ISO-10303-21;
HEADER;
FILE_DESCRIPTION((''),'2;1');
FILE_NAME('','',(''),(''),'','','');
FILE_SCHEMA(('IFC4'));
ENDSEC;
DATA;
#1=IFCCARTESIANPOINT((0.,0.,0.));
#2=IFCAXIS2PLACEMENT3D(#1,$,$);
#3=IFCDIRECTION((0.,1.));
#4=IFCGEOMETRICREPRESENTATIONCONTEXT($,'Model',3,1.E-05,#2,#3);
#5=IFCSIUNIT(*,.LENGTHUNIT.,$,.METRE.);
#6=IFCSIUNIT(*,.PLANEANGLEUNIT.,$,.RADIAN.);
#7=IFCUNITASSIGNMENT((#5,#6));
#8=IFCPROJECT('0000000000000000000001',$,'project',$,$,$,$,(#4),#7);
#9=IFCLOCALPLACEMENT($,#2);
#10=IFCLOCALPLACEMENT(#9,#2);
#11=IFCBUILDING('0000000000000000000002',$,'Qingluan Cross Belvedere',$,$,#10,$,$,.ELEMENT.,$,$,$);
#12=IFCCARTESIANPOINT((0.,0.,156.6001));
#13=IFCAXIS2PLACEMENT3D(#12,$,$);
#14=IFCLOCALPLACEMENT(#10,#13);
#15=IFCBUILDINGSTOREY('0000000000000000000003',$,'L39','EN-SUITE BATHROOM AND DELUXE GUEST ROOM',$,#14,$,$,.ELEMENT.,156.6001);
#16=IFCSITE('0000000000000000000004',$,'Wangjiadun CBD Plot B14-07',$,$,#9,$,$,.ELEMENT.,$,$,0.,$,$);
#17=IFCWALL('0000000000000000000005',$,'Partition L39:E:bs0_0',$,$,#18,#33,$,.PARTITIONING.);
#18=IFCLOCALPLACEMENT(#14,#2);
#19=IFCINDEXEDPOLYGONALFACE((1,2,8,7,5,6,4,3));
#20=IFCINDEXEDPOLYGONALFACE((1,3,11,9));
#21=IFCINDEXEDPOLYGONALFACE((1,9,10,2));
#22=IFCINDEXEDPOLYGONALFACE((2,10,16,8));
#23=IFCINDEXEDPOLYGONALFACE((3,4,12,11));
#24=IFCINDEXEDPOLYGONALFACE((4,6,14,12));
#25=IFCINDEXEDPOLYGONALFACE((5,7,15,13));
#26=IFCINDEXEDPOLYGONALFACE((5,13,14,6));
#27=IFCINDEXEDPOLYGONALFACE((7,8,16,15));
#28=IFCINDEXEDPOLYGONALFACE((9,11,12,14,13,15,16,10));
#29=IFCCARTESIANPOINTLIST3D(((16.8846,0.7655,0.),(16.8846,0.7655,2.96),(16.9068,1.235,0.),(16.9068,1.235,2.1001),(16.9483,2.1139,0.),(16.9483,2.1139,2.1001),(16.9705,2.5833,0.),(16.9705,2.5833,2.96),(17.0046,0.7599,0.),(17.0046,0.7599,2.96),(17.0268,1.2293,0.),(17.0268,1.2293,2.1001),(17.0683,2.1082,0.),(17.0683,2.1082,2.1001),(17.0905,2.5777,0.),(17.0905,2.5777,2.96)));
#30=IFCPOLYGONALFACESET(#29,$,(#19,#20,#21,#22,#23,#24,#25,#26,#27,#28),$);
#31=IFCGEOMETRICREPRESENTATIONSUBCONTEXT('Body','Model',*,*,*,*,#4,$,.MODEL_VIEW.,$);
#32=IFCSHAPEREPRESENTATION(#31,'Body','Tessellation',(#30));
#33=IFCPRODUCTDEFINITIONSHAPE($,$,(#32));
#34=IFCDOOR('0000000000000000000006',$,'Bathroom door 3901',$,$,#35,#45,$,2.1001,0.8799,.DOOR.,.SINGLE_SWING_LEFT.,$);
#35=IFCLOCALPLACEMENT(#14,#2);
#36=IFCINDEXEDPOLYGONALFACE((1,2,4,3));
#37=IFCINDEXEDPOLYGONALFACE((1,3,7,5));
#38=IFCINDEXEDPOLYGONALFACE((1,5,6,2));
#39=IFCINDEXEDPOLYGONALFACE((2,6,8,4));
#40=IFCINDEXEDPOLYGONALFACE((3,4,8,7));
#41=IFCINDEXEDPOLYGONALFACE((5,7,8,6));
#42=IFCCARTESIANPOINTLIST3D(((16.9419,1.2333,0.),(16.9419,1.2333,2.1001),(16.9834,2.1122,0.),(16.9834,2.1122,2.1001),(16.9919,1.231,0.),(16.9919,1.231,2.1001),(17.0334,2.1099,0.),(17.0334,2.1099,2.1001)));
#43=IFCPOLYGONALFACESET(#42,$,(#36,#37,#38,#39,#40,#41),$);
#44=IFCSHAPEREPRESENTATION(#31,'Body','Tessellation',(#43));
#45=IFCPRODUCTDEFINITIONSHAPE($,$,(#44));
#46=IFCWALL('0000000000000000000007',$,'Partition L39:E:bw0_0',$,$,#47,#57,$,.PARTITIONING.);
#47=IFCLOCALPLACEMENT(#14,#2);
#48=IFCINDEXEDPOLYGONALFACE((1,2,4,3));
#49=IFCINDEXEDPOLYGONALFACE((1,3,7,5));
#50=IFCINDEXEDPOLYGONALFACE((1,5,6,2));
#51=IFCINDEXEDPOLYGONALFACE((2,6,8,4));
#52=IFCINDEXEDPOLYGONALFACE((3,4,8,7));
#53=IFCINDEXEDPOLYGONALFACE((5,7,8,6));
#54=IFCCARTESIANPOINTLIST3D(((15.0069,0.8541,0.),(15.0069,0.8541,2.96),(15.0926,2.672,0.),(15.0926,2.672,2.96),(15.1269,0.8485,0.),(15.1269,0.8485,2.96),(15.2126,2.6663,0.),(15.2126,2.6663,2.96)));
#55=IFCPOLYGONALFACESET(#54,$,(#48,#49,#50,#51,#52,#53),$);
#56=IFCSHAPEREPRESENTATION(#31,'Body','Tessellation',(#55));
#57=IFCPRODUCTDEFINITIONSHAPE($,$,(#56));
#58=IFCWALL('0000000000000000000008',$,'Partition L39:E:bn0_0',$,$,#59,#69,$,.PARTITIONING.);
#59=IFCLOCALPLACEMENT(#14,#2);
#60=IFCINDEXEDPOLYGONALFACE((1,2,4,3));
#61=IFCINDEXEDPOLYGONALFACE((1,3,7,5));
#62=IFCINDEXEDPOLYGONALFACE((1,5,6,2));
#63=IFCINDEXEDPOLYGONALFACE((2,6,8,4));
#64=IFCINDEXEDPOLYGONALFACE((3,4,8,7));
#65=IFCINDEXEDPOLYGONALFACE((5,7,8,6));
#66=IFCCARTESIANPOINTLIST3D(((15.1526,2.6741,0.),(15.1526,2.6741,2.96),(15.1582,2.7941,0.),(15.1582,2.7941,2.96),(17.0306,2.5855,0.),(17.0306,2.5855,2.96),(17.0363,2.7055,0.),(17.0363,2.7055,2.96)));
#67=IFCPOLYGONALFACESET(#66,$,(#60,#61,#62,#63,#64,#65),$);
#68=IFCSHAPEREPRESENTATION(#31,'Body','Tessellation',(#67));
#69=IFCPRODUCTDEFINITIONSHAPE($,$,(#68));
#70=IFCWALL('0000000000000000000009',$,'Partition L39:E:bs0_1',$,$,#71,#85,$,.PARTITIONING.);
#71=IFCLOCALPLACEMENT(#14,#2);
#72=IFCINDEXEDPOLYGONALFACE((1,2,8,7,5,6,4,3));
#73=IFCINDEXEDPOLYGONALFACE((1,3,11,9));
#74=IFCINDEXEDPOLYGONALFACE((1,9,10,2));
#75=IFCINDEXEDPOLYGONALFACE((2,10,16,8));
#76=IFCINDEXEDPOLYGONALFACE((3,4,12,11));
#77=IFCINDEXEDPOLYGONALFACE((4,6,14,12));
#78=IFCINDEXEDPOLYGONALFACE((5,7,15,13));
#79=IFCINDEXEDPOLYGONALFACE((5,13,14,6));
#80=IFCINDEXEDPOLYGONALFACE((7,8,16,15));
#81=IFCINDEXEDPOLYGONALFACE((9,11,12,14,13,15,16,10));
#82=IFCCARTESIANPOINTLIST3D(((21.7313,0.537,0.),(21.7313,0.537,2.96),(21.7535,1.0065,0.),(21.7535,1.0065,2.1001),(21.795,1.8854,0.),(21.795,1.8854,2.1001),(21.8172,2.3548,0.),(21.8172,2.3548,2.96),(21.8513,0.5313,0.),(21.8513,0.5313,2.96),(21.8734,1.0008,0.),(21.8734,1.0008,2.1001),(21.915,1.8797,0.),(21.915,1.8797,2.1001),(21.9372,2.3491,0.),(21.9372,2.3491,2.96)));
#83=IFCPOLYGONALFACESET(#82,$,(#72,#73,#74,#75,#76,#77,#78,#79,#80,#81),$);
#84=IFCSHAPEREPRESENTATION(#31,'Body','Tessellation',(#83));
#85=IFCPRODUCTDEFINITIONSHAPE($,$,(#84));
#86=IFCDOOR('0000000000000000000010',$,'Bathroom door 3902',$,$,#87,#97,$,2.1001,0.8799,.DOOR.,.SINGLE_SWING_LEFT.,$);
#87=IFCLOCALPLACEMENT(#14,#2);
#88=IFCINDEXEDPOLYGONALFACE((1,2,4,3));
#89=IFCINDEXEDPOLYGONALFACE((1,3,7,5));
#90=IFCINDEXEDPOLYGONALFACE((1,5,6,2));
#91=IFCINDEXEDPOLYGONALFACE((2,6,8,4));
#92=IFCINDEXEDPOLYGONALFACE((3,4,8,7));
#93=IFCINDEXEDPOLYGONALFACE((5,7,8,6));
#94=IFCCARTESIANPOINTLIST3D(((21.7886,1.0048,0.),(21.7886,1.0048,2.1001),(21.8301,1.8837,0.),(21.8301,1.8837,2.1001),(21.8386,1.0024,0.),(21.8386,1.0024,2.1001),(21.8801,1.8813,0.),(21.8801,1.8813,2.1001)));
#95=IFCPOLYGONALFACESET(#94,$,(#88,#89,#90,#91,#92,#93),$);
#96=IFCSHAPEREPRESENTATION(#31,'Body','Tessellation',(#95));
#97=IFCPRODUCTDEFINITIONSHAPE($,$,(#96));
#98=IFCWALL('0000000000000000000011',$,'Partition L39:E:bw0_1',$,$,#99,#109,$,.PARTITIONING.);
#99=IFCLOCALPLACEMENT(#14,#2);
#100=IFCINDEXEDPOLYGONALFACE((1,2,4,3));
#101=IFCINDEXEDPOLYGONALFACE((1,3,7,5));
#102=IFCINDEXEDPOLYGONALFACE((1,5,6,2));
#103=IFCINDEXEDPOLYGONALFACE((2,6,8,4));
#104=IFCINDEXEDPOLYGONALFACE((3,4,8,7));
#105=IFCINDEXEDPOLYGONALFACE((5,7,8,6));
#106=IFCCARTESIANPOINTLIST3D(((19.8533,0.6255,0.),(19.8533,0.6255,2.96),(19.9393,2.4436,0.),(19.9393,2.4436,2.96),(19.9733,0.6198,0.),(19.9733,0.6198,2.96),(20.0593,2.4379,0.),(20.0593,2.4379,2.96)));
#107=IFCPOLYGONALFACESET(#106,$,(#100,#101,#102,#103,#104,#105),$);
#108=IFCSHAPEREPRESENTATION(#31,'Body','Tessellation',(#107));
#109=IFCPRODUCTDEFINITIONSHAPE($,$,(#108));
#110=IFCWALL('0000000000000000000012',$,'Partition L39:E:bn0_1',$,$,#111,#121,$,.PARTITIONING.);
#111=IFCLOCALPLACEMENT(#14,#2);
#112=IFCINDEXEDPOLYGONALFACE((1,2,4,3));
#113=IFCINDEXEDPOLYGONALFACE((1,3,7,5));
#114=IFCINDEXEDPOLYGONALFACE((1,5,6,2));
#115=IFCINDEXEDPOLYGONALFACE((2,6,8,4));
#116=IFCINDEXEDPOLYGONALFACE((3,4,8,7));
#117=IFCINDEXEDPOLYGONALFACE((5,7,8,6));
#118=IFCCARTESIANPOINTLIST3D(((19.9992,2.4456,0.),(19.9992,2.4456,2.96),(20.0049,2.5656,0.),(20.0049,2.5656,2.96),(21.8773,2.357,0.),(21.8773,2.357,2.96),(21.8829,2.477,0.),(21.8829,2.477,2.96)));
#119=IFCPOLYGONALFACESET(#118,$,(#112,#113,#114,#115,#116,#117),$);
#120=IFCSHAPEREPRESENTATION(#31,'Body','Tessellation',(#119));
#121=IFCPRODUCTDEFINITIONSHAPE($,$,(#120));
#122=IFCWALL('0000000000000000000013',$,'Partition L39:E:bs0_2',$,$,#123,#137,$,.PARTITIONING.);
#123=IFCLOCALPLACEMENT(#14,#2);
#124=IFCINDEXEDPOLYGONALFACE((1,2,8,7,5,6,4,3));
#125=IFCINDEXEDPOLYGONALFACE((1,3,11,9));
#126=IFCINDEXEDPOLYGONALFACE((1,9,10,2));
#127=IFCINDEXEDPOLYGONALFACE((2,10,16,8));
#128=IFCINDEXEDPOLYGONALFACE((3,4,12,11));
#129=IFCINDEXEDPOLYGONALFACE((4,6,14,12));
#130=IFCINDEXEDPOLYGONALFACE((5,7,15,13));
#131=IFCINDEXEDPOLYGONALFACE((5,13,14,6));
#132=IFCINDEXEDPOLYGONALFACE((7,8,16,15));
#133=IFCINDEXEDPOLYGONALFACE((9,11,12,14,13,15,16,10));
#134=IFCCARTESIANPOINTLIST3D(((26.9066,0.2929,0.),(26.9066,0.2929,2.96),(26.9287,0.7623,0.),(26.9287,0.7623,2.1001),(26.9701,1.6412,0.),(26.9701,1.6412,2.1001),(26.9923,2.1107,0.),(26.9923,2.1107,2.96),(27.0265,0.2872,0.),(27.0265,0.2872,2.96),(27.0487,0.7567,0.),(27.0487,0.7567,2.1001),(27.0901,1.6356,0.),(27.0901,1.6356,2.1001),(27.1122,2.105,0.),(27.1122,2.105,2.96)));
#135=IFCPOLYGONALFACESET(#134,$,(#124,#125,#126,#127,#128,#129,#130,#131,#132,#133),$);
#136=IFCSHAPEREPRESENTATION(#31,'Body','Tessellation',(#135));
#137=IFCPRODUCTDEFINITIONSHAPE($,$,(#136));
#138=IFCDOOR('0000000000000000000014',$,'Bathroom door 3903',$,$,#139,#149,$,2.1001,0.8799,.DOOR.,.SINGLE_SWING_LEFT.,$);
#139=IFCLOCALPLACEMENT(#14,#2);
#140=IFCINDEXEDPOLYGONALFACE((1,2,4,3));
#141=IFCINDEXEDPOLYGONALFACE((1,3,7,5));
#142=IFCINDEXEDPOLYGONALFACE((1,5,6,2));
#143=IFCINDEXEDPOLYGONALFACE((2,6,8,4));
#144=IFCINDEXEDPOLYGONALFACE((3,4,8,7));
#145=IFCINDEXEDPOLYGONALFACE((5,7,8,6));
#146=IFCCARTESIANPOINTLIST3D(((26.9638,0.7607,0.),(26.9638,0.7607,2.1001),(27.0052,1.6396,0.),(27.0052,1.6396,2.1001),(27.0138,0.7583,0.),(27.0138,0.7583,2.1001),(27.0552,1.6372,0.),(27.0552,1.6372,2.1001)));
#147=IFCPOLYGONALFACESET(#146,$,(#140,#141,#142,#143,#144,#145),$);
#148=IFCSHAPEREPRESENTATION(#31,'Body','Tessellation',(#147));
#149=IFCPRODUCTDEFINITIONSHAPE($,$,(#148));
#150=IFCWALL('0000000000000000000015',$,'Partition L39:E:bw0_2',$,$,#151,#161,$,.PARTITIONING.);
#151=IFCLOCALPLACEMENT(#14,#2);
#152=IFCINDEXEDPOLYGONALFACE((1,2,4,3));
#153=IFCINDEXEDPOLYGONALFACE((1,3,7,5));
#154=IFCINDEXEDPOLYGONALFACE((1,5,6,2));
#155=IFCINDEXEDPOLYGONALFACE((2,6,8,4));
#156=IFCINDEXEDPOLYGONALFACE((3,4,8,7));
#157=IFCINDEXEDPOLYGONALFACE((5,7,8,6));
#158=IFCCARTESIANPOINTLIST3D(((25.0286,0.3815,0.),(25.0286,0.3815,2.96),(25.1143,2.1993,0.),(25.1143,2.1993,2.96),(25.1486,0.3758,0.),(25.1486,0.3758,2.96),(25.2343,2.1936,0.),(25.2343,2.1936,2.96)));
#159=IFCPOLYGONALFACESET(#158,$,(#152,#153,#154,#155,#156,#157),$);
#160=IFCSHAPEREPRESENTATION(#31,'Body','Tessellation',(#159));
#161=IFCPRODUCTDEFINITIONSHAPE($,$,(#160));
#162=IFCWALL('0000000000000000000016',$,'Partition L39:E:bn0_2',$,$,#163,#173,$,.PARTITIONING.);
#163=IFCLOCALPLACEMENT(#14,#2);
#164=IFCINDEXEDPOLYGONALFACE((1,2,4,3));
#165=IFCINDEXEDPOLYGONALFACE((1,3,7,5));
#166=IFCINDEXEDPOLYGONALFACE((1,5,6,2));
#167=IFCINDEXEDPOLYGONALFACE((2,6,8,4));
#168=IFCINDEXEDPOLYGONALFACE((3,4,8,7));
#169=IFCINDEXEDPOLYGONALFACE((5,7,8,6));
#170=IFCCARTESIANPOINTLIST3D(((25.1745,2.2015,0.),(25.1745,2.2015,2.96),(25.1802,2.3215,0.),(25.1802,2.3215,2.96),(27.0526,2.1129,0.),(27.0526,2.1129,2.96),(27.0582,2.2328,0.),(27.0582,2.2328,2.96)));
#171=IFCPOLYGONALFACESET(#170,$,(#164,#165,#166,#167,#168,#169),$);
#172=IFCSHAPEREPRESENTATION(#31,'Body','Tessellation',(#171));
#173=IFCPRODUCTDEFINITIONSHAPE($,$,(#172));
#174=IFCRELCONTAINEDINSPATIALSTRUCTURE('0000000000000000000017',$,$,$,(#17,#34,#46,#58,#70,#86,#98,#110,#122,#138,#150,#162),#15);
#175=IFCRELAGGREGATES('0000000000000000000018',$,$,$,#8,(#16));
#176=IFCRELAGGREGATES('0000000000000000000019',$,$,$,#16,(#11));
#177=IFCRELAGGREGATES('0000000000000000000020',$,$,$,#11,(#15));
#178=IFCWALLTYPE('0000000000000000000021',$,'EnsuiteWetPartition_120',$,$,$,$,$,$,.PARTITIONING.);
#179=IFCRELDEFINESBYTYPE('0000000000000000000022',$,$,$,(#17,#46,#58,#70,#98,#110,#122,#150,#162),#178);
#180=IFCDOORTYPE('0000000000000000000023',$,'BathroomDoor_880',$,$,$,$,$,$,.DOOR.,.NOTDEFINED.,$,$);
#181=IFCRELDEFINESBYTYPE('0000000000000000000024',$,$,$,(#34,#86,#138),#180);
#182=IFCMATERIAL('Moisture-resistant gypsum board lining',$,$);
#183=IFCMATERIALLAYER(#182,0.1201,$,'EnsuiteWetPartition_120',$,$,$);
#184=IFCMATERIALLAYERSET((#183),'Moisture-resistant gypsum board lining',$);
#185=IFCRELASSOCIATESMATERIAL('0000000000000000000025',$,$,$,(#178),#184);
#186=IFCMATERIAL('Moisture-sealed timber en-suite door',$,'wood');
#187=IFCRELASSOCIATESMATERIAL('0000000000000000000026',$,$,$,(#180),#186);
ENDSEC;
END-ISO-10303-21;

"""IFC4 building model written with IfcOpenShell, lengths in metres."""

from ifc_helpers import new_model, si_unit, direction, frame, frame_2d, origin, place, context, subcontext, project, spatial, rectangle, extrude, material, layer, layer_set, type_object, element, fill, save


model = new_model("IFC4")

# Units and contexts
model_context = context("Model", 3, precision=1e-05, world=origin(), true_north=direction((0.0, 1.0)))
body_context = subcontext(model_context, "Body", "Model", "MODEL_VIEW")
ifc_project = project(units=[si_unit("LENGTHUNIT", "METRE"), si_unit("PLANEANGLEUNIT", "RADIAN")], contexts=[model_context])

# Site, building, storey
site_placement = place(None, origin())
site = spatial("IfcSite", under=ifc_project, at=site_placement, Name="Wangjiadun CBD Plot B14-07", CompositionType="ELEMENT", RefElevation=0.0)
building_placement = place(site_placement, origin())
building = spatial("IfcBuilding", under=site, at=building_placement, Name="Qingluan Cross Belvedere", CompositionType="ELEMENT")
storey_placement = place(building_placement, frame((0.0, 0.0, 156.6001)))
storey = spatial("IfcBuildingStorey", under=building, at=storey_placement, Name="L39", Description="EN-SUITE BATHROOM AND DELUXE GUEST ROOM", CompositionType="ELEMENT", Elevation=156.6001)

# Wall, opening, door
ifc_material_1 = material(Name="Moisture-resistant gypsum board lining")
ifc_layer_1 = layer(ifc_material_1, 0.1201, Name="EnsuiteWetPartition_120")
ifc_layer_set_1 = layer_set([ifc_layer_1], Name="Moisture-resistant gypsum board lining")
wall_type_1 = type_object("IfcWallType", Name="EnsuiteWetPartition_120", PredefinedType="PARTITIONING", material=ifc_layer_set_1)
wall_1_placement = place(storey_placement, frame((16.9446, 0.7627, 0.0), z_axis=(0.0, 0.0, 1.0), x_axis=(0.047221, 0.998884, 0.0)))
wall_1 = element("IfcWall", 1, at=wall_1_placement, inside=storey, type_object=wall_type_1, Name="Partition L39:E:bs0_0", PredefinedType="PARTITIONING", context=body_context, shape_type="SweptSolid", body=[
    extrude(rectangle(XDim=1.8198, YDim=0.1201, at=frame_2d((0.9099, 0.0))), origin(), (0.0, 0.0, 1.0), 2.96),
])
opening_1_placement = place(wall_1_placement, frame((0.47, 0.0, 0.0)))
opening_1 = element("IfcOpeningElement", 2, at=opening_1_placement, cuts=wall_1, PredefinedType="OPENING", context=body_context, shape_type="SweptSolid", body=[
    extrude(rectangle(XDim=0.8799, YDim=2.1001, at=frame_2d((0.4399, 1.05))), frame((0.0, 0.0701, 0.0), z_axis=(0.0, -1.0, 0.0), x_axis=(1.0, 0.0, 0.0)), (0.0, 0.0, 1.0), 0.1401),
])
ifc_material_2 = material(Name="Moisture-sealed timber en-suite door", Category="wood")
door_type_1 = type_object("IfcDoorType", Name="BathroomDoor_880", OperationType="NOTDEFINED", PredefinedType="DOOR", material=ifc_material_2)
door_1_placement = place(opening_1_placement, origin())
door_1 = element("IfcDoor", 3, at=door_1_placement, inside=storey, type_object=door_type_1, Name="Bathroom door 3901", OperationType="SINGLE_SWING_LEFT", OverallHeight=2.1001, OverallWidth=0.8799, PredefinedType="DOOR", context=body_context, shape_type="SweptSolid", body=[
    extrude(rectangle(XDim=0.8799, YDim=2.1001, at=frame_2d((0.4399, 1.05))), frame((0.0, 0.0249, 0.0), z_axis=(0.0, -1.0, 0.0), x_axis=(1.0, 0.0, 0.0)), (0.0, 0.0, 1.0), 0.05),
])
fill(opening_1, door_1)

# Walls
wall_2_placement = place(storey_placement, frame((15.0669, 0.8513, 0.0), z_axis=(0.0, 0.0, 1.0), x_axis=(0.047087, 0.998891, 0.0)))
element("IfcWall", 4, at=wall_2_placement, inside=storey, type_object=wall_type_1, Name="Partition L39:E:bw0_0", PredefinedType="PARTITIONING", context=body_context, shape_type="SweptSolid", body=[
    extrude(rectangle(XDim=1.8198, YDim=0.1201, at=frame_2d((0.9099, 0.0))), origin(), (0.0, 0.0, 1.0), 2.96),
])
wall_3_placement = place(storey_placement, frame((15.1555, 2.7341, 0.0), z_axis=(0.0, 0.0, 1.0), x_axis=(0.998888, -0.047139, 0.0)))
element("IfcWall", 5, at=wall_3_placement, inside=storey, type_object=wall_type_1, Name="Partition L39:E:bn0_0", PredefinedType="PARTITIONING", context=body_context, shape_type="SweptSolid", body=[
    extrude(rectangle(XDim=1.8801, YDim=0.1201, at=frame_2d((0.9399, 0.0))), origin(), (0.0, 0.0, 1.0), 2.96),
])

# Wall, opening, door
wall_4_placement = place(storey_placement, frame((21.7913, 0.5342, 0.0), z_axis=(0.0, 0.0, 1.0), x_axis=(0.047221, 0.998884, 0.0)))
wall_4 = element("IfcWall", 6, at=wall_4_placement, inside=storey, type_object=wall_type_1, Name="Partition L39:E:bs0_1", PredefinedType="PARTITIONING", context=body_context, shape_type="SweptSolid", body=[
    extrude(rectangle(XDim=1.8198, YDim=0.1201, at=frame_2d((0.9099, 0.0))), origin(), (0.0, 0.0, 1.0), 2.96),
])
opening_2_placement = place(wall_4_placement, frame((0.47, 0.0, 0.0)))
opening_2 = element("IfcOpeningElement", 7, at=opening_2_placement, cuts=wall_4, PredefinedType="OPENING", context=body_context, shape_type="SweptSolid", body=[
    extrude(rectangle(XDim=0.8799, YDim=2.1001, at=frame_2d((0.4399, 1.05))), frame((0.0, 0.0701, 0.0), z_axis=(0.0, -1.0, 0.0), x_axis=(1.0, 0.0, 0.0)), (0.0, 0.0, 1.0), 0.1401),
])
door_2_placement = place(opening_2_placement, origin())
door_2 = element("IfcDoor", 8, at=door_2_placement, inside=storey, type_object=door_type_1, Name="Bathroom door 3902", OperationType="SINGLE_SWING_LEFT", OverallHeight=2.1001, OverallWidth=0.8799, PredefinedType="DOOR", context=body_context, shape_type="SweptSolid", body=[
    extrude(rectangle(XDim=0.8799, YDim=2.1001, at=frame_2d((0.4399, 1.05))), frame((0.0, 0.0249, 0.0), z_axis=(0.0, -1.0, 0.0), x_axis=(1.0, 0.0, 0.0)), (0.0, 0.0, 1.0), 0.05),
])
fill(opening_2, door_2)

# Walls
wall_5_placement = place(storey_placement, frame((19.9133, 0.6226, 0.0), z_axis=(0.0, 0.0, 1.0), x_axis=(0.047215, 0.998885, 0.0)))
element("IfcWall", 9, at=wall_5_placement, inside=storey, type_object=wall_type_1, Name="Partition L39:E:bw0_1", PredefinedType="PARTITIONING", context=body_context, shape_type="SweptSolid", body=[
    extrude(rectangle(XDim=1.8201, YDim=0.1201, at=frame_2d((0.9102, 0.0))), origin(), (0.0, 0.0, 1.0), 2.96),
])
wall_6_placement = place(storey_placement, frame((20.0022, 2.5056, 0.0), z_axis=(0.0, 0.0, 1.0), x_axis=(0.998888, -0.047139, 0.0)))
element("IfcWall", 10, at=wall_6_placement, inside=storey, type_object=wall_type_1, Name="Partition L39:E:bn0_1", PredefinedType="PARTITIONING", context=body_context, shape_type="SweptSolid", body=[
    extrude(rectangle(XDim=1.8801, YDim=0.1201, at=frame_2d((0.9399, 0.0))), origin(), (0.0, 0.0, 1.0), 2.96),
])

# Wall, opening, door
wall_7_placement = place(storey_placement, frame((26.9666, 0.29, 0.0), z_axis=(0.0, 0.0, 1.0), x_axis=(0.047087, 0.998891, 0.0)))
wall_7 = element("IfcWall", 11, at=wall_7_placement, inside=storey, type_object=wall_type_1, Name="Partition L39:E:bs0_2", PredefinedType="PARTITIONING", context=body_context, shape_type="SweptSolid", body=[
    extrude(rectangle(XDim=1.8198, YDim=0.1201, at=frame_2d((0.9099, 0.0))), origin(), (0.0, 0.0, 1.0), 2.96),
])
opening_3_placement = place(wall_7_placement, frame((0.47, 0.0, 0.0)))
opening_3 = element("IfcOpeningElement", 12, at=opening_3_placement, cuts=wall_7, PredefinedType="OPENING", context=body_context, shape_type="SweptSolid", body=[
    extrude(rectangle(XDim=0.8799, YDim=2.1001, at=frame_2d((0.4399, 1.05))), frame((0.0, 0.0701, 0.0), z_axis=(0.0, -1.0, 0.0), x_axis=(1.0, 0.0, 0.0)), (0.0, 0.0, 1.0), 0.1401),
])
door_3_placement = place(opening_3_placement, origin())
door_3 = element("IfcDoor", 13, at=door_3_placement, inside=storey, type_object=door_type_1, Name="Bathroom door 3903", OperationType="SINGLE_SWING_LEFT", OverallHeight=2.1001, OverallWidth=0.8799, PredefinedType="DOOR", context=body_context, shape_type="SweptSolid", body=[
    extrude(rectangle(XDim=0.8799, YDim=2.1001, at=frame_2d((0.4399, 1.05))), frame((0.0, 0.0249, 0.0), z_axis=(0.0, -1.0, 0.0), x_axis=(1.0, 0.0, 0.0)), (0.0, 0.0, 1.0), 0.05),
])
fill(opening_3, door_3)

# Walls
wall_8_placement = place(storey_placement, frame((25.0886, 0.3787, 0.0), z_axis=(0.0, 0.0, 1.0), x_axis=(0.047087, 0.998891, 0.0)))
element("IfcWall", 14, at=wall_8_placement, inside=storey, type_object=wall_type_1, Name="Partition L39:E:bw0_2", PredefinedType="PARTITIONING", context=body_context, shape_type="SweptSolid", body=[
    extrude(rectangle(XDim=1.8198, YDim=0.1201, at=frame_2d((0.9099, 0.0))), origin(), (0.0, 0.0, 1.0), 2.96),
])
wall_9_placement = place(storey_placement, frame((25.1775, 2.2615, 0.0), z_axis=(0.0, 0.0, 1.0), x_axis=(0.998888, -0.047139, 0.0)))
element("IfcWall", 15, at=wall_9_placement, inside=storey, type_object=wall_type_1, Name="Partition L39:E:bn0_2", PredefinedType="PARTITIONING", context=body_context, shape_type="SweptSolid", body=[
    extrude(rectangle(XDim=1.8801, YDim=0.1201, at=frame_2d((0.9399, 0.0))), origin(), (0.0, 0.0, 1.0), 2.96),
])

save(model, "model.ifc")
